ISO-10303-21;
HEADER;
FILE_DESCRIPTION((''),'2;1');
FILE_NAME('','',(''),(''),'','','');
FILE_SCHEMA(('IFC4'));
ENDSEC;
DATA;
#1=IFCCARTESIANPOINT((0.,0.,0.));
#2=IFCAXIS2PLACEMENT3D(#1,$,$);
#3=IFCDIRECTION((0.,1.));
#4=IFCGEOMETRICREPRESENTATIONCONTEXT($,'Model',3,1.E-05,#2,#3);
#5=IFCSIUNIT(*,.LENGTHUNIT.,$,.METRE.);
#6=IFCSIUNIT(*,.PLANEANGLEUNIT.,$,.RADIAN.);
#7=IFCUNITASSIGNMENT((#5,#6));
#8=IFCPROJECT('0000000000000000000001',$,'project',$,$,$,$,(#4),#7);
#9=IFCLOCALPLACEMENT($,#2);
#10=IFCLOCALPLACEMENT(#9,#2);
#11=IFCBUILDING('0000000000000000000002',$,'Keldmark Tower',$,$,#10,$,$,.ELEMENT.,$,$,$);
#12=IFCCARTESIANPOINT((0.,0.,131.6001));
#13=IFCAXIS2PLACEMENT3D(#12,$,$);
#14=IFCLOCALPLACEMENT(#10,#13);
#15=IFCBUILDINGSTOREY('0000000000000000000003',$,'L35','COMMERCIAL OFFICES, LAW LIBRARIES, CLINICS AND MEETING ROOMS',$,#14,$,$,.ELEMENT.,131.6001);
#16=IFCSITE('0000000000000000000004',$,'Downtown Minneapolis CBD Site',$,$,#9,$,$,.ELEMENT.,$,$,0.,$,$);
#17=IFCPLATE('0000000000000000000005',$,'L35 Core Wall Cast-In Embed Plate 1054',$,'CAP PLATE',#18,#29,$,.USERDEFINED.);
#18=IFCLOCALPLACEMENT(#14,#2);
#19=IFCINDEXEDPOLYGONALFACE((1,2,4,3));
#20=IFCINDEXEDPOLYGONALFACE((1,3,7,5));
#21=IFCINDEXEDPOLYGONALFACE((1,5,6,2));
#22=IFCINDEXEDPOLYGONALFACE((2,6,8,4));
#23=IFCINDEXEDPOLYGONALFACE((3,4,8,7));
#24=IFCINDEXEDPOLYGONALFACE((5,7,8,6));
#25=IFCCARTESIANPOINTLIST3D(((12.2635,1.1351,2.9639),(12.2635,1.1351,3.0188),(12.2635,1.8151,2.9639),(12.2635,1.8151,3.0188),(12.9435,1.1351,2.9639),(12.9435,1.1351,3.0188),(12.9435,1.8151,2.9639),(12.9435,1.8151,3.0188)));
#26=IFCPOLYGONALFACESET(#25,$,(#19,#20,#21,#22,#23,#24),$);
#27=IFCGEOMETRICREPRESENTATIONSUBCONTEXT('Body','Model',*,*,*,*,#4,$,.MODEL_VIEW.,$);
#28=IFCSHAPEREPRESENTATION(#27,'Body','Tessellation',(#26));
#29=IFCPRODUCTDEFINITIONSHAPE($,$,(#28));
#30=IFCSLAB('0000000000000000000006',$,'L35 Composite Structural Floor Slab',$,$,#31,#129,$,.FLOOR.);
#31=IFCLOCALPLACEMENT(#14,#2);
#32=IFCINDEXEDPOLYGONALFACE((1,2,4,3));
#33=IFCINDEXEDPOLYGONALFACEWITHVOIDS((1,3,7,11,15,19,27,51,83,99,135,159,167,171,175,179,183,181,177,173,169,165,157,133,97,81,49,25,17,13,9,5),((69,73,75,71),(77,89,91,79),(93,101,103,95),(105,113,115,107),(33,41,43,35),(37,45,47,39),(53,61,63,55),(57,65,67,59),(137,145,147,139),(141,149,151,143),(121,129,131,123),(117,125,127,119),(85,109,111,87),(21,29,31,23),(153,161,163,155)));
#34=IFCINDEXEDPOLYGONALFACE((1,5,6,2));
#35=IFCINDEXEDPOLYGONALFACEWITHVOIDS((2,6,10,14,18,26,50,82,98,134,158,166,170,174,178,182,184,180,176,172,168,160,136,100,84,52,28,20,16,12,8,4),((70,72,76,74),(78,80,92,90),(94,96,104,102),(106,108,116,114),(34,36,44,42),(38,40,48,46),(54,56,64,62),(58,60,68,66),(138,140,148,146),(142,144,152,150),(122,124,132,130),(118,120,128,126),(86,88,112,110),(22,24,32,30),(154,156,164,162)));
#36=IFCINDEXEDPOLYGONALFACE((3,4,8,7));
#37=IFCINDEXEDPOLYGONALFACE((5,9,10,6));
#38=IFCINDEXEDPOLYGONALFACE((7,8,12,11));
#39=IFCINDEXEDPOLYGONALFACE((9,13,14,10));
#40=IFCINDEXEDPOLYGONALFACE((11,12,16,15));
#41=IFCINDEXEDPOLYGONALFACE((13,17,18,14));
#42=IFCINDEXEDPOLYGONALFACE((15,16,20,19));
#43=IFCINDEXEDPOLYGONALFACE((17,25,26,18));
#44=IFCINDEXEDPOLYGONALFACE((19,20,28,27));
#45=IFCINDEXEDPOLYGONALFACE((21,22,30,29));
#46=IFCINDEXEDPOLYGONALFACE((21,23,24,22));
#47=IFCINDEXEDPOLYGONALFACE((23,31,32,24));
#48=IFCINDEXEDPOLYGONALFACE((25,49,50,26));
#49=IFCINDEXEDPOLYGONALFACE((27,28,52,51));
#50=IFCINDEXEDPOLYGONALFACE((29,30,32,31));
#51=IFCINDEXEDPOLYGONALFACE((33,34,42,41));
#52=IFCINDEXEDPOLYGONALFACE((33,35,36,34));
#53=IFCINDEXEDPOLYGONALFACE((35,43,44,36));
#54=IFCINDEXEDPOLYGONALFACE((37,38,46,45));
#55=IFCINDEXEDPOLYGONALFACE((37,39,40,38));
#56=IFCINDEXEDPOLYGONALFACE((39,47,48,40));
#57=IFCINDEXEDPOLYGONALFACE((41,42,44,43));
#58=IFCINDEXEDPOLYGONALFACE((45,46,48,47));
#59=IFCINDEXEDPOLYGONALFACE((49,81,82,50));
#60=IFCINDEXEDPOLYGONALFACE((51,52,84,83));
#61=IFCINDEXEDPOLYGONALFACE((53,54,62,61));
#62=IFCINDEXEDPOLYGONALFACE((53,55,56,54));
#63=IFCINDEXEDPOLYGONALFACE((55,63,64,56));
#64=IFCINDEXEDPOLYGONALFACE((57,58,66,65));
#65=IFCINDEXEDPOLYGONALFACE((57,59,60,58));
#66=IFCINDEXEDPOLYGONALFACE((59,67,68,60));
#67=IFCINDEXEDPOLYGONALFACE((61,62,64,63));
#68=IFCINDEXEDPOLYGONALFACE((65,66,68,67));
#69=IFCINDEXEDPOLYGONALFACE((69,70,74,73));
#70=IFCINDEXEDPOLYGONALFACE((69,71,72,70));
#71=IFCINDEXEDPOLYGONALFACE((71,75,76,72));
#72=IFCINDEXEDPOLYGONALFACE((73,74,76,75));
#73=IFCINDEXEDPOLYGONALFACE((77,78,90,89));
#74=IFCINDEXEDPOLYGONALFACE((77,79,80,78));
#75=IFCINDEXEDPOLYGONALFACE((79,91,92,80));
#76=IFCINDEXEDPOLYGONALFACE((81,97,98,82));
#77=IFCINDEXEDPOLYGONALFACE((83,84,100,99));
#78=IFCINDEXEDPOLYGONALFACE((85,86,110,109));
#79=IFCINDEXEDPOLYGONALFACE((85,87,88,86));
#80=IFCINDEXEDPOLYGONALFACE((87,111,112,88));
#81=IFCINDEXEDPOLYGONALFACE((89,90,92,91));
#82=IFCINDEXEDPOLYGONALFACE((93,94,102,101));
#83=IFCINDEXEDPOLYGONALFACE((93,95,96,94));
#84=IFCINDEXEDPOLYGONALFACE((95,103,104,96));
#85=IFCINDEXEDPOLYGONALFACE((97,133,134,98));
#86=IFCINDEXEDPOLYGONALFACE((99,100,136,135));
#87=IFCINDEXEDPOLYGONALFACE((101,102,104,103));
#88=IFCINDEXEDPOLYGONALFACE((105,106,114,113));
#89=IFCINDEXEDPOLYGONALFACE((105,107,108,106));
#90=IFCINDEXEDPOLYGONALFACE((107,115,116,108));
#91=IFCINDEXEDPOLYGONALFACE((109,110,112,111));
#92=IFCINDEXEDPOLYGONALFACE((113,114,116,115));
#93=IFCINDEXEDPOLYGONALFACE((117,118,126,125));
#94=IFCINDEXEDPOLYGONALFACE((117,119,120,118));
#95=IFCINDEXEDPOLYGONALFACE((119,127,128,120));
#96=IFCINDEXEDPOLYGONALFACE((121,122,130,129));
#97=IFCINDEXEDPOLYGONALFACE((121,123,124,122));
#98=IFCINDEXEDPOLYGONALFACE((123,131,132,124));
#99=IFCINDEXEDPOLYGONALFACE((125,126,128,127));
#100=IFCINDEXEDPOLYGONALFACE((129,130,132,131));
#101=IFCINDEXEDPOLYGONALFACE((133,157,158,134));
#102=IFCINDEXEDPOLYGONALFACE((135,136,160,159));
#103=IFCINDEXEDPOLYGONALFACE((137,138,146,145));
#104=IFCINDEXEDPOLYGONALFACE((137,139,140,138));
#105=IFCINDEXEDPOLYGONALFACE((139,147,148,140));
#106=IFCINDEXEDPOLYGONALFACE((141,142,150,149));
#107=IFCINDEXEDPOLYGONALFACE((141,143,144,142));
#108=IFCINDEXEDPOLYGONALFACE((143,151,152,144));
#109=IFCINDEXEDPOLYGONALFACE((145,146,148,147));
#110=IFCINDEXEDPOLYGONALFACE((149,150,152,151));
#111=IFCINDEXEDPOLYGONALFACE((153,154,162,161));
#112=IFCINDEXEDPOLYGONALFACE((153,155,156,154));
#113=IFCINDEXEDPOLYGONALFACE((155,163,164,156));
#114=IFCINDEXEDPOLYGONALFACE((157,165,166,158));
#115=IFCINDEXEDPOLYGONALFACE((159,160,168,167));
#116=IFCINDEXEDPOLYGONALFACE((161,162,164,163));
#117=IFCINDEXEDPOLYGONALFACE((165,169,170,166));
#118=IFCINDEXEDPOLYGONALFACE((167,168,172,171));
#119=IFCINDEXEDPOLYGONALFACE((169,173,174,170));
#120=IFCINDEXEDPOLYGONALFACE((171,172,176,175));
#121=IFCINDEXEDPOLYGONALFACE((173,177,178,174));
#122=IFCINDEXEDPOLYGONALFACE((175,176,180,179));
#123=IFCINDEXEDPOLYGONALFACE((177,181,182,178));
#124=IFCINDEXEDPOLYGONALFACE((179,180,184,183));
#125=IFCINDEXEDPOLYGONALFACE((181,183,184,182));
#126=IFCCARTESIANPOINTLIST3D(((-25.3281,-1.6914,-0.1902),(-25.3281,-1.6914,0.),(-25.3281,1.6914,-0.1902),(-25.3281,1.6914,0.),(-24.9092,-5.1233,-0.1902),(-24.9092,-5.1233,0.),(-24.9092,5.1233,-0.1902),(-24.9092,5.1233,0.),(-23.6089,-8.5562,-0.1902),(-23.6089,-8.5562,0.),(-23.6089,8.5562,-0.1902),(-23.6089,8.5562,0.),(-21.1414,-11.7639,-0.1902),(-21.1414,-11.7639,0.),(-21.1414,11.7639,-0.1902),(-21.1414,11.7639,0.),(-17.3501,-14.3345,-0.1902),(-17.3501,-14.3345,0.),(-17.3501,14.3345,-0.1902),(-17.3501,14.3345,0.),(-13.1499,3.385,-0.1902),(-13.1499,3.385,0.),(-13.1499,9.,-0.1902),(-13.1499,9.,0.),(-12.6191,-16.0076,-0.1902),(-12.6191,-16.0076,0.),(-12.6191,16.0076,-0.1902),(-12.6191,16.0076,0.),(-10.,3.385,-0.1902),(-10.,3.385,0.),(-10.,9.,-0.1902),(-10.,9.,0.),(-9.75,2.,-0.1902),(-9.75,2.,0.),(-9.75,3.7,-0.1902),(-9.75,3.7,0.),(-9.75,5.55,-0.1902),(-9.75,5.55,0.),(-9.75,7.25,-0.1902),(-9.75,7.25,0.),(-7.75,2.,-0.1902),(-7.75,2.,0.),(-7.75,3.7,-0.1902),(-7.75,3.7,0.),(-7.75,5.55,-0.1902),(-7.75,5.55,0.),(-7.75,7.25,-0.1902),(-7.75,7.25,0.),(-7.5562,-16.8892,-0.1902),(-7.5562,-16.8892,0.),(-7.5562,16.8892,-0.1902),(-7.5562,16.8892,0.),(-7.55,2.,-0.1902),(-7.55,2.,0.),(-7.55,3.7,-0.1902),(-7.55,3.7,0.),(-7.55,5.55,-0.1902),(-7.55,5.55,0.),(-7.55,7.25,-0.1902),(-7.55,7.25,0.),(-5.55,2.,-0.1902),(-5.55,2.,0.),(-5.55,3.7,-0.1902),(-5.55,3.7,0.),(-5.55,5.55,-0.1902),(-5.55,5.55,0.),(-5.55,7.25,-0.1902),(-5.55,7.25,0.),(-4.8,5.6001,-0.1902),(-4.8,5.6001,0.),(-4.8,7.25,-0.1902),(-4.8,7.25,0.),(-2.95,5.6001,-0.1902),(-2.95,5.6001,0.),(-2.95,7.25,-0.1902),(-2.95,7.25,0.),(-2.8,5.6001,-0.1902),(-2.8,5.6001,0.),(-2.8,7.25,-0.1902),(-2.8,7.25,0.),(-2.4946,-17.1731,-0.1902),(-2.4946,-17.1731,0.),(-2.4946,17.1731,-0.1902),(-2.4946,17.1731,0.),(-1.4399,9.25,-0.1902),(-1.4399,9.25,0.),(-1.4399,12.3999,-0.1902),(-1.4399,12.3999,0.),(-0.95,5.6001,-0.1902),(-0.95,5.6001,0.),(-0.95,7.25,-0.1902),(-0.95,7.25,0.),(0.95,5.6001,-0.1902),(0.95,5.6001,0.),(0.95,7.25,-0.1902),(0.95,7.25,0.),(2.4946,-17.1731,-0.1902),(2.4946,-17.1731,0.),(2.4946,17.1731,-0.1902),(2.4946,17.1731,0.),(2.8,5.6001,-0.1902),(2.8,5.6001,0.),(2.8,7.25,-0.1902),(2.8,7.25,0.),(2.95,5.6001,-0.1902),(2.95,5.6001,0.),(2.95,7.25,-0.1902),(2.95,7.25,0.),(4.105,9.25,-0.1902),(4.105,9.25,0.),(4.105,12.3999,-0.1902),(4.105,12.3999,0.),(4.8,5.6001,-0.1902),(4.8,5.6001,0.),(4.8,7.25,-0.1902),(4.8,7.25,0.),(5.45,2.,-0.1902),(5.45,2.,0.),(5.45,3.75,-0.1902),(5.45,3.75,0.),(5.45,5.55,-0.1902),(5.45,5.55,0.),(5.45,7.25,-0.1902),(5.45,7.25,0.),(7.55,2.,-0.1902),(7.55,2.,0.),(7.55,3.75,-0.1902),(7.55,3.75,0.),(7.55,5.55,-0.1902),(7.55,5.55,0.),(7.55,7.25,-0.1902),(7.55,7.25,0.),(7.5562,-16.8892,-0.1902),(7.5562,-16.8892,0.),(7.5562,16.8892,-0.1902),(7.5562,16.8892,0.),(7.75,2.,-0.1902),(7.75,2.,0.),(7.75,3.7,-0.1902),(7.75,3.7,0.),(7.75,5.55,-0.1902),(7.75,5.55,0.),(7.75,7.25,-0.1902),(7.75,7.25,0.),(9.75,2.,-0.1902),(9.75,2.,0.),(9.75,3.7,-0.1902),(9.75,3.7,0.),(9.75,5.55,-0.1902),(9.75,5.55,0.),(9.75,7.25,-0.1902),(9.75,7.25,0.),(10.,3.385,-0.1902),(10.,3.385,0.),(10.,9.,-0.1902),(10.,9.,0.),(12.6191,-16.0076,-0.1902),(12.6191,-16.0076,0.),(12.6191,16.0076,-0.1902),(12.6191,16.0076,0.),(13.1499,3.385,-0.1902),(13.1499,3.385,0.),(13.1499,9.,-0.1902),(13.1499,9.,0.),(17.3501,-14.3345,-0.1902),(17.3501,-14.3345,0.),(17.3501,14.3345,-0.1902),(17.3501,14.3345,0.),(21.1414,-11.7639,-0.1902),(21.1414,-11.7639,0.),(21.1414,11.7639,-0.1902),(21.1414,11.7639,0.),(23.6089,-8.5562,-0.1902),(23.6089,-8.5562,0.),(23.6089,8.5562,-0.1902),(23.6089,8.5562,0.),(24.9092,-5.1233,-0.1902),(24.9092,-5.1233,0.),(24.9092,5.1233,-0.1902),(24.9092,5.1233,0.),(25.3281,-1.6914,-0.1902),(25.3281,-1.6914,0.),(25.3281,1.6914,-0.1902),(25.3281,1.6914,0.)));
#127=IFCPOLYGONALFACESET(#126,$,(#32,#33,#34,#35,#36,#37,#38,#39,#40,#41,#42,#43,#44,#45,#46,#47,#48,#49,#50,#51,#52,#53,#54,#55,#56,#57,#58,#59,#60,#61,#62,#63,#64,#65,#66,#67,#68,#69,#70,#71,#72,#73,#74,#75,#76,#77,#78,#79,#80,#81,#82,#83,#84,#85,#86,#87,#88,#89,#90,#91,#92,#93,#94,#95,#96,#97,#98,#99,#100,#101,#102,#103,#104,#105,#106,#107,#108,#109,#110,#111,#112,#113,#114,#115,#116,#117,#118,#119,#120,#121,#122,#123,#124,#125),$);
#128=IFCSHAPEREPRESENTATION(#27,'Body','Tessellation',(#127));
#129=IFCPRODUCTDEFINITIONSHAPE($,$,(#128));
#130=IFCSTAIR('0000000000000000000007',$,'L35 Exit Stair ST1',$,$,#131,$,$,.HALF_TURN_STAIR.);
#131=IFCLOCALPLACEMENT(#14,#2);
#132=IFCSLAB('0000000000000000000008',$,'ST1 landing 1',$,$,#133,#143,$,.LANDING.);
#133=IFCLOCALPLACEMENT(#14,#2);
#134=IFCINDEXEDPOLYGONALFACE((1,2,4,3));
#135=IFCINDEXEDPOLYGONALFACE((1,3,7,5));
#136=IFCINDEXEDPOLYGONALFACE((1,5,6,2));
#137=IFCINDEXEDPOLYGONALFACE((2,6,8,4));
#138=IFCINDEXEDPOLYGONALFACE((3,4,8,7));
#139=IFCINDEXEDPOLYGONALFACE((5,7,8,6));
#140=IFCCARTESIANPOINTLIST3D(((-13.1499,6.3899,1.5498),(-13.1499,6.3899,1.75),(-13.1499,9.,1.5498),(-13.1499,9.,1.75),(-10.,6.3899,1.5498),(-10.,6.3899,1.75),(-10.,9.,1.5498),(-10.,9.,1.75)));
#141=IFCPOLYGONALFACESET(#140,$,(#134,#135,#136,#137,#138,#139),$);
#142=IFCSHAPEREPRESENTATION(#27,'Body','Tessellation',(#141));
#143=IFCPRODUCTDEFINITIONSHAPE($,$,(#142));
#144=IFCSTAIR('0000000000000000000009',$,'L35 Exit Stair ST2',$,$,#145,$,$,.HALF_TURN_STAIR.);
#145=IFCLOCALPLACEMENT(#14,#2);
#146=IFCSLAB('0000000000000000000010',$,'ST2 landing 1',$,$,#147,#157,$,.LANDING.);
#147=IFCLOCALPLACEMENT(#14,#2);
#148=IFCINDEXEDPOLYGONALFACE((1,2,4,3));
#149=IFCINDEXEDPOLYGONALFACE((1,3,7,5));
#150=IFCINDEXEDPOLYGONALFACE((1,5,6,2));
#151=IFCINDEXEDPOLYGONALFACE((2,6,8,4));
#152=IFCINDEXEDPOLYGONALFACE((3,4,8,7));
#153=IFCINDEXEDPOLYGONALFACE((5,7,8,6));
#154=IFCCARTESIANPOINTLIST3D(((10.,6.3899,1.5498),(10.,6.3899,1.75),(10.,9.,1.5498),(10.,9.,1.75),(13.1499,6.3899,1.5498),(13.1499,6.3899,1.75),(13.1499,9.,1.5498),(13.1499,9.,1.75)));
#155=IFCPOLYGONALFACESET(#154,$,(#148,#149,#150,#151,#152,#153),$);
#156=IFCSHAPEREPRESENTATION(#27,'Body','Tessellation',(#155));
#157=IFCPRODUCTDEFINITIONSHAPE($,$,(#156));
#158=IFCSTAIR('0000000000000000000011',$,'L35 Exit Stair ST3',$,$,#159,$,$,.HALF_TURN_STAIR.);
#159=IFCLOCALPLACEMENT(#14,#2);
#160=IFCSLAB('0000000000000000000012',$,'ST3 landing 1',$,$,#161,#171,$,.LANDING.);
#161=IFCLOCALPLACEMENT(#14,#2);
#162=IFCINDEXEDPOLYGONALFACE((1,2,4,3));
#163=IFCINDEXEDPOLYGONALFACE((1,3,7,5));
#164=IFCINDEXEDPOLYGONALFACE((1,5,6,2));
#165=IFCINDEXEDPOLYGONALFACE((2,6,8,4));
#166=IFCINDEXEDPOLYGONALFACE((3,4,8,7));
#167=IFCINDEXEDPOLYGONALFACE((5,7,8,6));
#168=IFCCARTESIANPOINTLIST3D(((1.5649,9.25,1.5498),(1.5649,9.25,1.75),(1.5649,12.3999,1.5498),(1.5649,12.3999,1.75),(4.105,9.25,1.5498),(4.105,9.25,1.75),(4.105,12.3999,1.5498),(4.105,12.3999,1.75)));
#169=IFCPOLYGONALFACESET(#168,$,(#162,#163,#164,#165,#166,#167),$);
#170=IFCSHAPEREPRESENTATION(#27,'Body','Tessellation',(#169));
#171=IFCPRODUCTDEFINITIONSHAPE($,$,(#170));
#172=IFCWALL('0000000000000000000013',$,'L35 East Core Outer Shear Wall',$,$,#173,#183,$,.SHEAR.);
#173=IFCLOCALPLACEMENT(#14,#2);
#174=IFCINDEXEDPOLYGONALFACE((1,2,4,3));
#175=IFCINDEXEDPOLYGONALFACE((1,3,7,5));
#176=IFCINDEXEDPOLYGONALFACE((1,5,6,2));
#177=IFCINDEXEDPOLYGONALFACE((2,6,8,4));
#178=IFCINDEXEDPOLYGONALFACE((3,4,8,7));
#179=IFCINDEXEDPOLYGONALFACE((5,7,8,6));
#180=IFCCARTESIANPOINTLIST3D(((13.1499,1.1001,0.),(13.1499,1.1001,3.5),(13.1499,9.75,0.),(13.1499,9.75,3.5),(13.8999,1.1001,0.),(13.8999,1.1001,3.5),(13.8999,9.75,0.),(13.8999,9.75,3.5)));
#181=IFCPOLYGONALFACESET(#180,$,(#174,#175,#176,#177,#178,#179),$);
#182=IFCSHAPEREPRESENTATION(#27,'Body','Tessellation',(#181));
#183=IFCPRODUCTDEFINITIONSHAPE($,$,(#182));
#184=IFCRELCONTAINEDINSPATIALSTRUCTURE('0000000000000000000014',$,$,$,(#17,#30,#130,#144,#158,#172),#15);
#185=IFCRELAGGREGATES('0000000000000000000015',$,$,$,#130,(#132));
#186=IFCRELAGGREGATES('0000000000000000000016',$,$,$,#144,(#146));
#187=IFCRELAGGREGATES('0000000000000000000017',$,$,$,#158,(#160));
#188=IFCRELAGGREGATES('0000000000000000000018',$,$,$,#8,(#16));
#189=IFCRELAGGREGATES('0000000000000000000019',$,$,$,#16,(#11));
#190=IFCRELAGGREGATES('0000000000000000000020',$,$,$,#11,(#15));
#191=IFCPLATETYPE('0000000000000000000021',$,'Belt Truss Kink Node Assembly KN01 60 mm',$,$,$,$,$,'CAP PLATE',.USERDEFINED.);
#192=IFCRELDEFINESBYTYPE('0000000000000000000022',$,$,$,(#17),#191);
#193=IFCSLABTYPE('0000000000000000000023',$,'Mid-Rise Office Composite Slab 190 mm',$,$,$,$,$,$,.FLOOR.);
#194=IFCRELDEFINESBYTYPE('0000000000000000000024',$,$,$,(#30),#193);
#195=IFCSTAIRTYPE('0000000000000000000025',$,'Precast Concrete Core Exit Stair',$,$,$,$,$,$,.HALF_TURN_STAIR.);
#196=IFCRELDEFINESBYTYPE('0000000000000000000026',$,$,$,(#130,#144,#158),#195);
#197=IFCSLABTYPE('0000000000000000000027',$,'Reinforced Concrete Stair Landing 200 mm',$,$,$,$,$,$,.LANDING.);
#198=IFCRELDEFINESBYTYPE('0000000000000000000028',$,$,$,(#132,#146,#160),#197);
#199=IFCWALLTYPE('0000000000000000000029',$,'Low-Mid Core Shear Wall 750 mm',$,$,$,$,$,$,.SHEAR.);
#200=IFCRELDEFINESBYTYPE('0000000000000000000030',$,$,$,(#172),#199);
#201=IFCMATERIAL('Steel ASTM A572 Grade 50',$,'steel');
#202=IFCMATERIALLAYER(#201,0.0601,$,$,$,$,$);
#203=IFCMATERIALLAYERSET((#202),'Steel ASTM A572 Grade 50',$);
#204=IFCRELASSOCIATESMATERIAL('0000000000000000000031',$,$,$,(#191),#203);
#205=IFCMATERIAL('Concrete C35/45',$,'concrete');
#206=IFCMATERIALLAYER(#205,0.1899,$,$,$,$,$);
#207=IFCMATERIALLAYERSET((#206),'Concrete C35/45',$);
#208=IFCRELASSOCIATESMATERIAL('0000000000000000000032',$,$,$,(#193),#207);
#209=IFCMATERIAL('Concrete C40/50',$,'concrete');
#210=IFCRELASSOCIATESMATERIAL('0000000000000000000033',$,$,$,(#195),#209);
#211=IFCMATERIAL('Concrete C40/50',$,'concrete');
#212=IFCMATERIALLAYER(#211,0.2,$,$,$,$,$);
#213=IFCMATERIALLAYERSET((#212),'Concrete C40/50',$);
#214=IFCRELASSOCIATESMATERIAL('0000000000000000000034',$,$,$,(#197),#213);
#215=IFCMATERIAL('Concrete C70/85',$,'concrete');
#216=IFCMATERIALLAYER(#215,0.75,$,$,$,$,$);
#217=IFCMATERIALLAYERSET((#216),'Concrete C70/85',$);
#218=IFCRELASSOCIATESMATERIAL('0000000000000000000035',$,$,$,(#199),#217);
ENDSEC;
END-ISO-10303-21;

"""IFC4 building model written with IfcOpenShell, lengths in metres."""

from ifc_helpers import new_model, si_unit, direction, frame, frame_2d, origin, origin_2d, place, context, subcontext, project, spatial, polyline, rectangle, outline, extrude, material, layer, layer_set, type_object, element, aggregate, save


model = new_model("IFC4")

# Units and contexts
model_context = context("Model", 3, precision=1e-05, world=origin(), true_north=direction((0.0, 1.0)))
body_context = subcontext(model_context, "Body", "Model", "MODEL_VIEW")
ifc_project = project(units=[si_unit("LENGTHUNIT", "METRE"), si_unit("PLANEANGLEUNIT", "RADIAN")], contexts=[model_context])

# Site, building, storey
site_placement = place(None, origin())
site = spatial("IfcSite", under=ifc_project, at=site_placement, Name="Downtown Minneapolis CBD Site", CompositionType="ELEMENT", RefElevation=0.0)
building_placement = place(site_placement, origin())
building = spatial("IfcBuilding", under=site, at=building_placement, Name="Keldmark Tower", CompositionType="ELEMENT")
storey_placement = place(building_placement, frame((0.0, 0.0, 131.6001)))
storey = spatial("IfcBuildingStorey", under=building, at=storey_placement, Name="L35", Description="COMMERCIAL OFFICES, LAW LIBRARIES, CLINICS AND MEETING ROOMS", CompositionType="ELEMENT", Elevation=131.6001)

# Plate
ifc_material_1 = material(Name="Steel ASTM A572 Grade 50", Category="steel")
ifc_layer_1 = layer(ifc_material_1, 0.0601)
ifc_layer_set_1 = layer_set([ifc_layer_1], Name="Steel ASTM A572 Grade 50")
plate_type = type_object("IfcPlateType", Name="Belt Truss Kink Node Assembly KN01 60 mm", ElementType="CAP PLATE", PredefinedType="USERDEFINED", material=ifc_layer_set_1)
for number, where, z_axis, x_axis, name in (
    (1, (12.6035, 1.4751, 2.9639), (0.0, 0.0, 1.0), (1.0, 0.0, 0.0), "L35 Core Wall Cast-In Embed Plate 1054"),
):
    element("IfcPlate", number, at=place(storey_placement, frame(where, z_axis=z_axis, x_axis=x_axis)), inside=storey, type_object=plate_type, Name=name, ObjectType="CAP PLATE", PredefinedType="USERDEFINED", context=body_context, shape_type="SweptSolid", body=[
        extrude(rectangle(XDim=0.6799, YDim=0.6799, at=origin_2d()), origin(), (0.0, 0.0, 1.0), 0.0549),
    ])

# Slab
ifc_material_2 = material(Name="Concrete C35/45", Category="concrete")
ifc_layer_2 = layer(ifc_material_2, 0.1899)
ifc_layer_set_2 = layer_set([ifc_layer_2], Name="Concrete C35/45")
slab_type_1 = type_object("IfcSlabType", Name="Mid-Rise Office Composite Slab 190 mm", PredefinedType="FLOOR", material=ifc_layer_set_2)
slab_1_placement = place(storey_placement, frame((0.0, 0.0, -0.1902)))
element("IfcSlab", 2, at=slab_1_placement, inside=storey, type_object=slab_type_1, Name="L35 Composite Structural Floor Slab", PredefinedType="FLOOR", context=body_context, shape_type="SweptSolid", body=[
    extrude(outline(polyline([(25.3281, 1.6914), (24.9092, 5.1233), (23.6089, 8.5562), (21.1414, 11.7639), (17.3501, 14.3345), (12.6191, 16.0076), (7.5562, 16.8892), (2.4946, 17.1731), (-2.4946, 17.1731), (-7.5562, 16.8892), (-12.6191, 16.0076), (-17.3501, 14.3345), (-21.1414, 11.7639), (-23.6089, 8.5562), (-24.9092, 5.1233), (-25.3281, 1.6914), (-25.3281, -1.6914), (-24.9092, -5.1233), (-23.6089, -8.5562), (-21.1414, -11.7639), (-17.3501, -14.3345), (-12.6191, -16.0076), (-7.5562, -16.8892), (-2.4946, -17.1731), (2.4946, -17.1731), (7.5562, -16.8892), (12.6191, -16.0076), (17.3501, -14.3345), (21.1414, -11.7639), (23.6089, -8.5562), (24.9092, -5.1233), (25.3281, -1.6914), (25.3281, 1.6914)]), holes=[polyline([(-10.0, 3.385), (-10.0, 9.0), (-13.1499, 9.0), (-13.1499, 3.385), (-10.0, 3.385)]), polyline([(13.1499, 3.385), (13.1499, 9.0), (10.0, 9.0), (10.0, 3.385), (13.1499, 3.385)]), polyline([(-1.4399, 9.25), (4.105, 9.25), (4.105, 12.3999), (-1.4399, 12.3999), (-1.4399, 9.25)]), polyline([(-9.75, 2.0), (-7.75, 2.0), (-7.75, 3.7), (-9.75, 3.7), (-9.75, 2.0)]), polyline([(7.75, 2.0), (9.75, 2.0), (9.75, 3.7), (7.75, 3.7), (7.75, 2.0)]), polyline([(5.45, 2.0), (7.55, 2.0), (7.55, 3.75), (5.45, 3.75), (5.45, 2.0)]), polyline([(-4.8, 5.6001), (-2.95, 5.6001), (-2.95, 7.25), (-4.8, 7.25), (-4.8, 5.6001)]), polyline([(-2.8, 5.6001), (-0.95, 5.6001), (-0.95, 7.25), (-2.8, 7.25), (-2.8, 5.6001)]), polyline([(0.95, 5.6001), (2.8, 5.6001), (2.8, 7.25), (0.95, 7.25), (0.95, 5.6001)]), polyline([(2.95, 5.6001), (4.8, 5.6001), (4.8, 7.25), (2.95, 7.25), (2.95, 5.6001)]), polyline([(-9.75, 5.55), (-7.75, 5.55), (-7.75, 7.25), (-9.75, 7.25), (-9.75, 5.55)]), polyline([(-7.55, 5.55), (-5.55, 5.55), (-5.55, 7.25), (-7.55, 7.25), (-7.55, 5.55)]), polyline([(-7.55, 2.0), (-5.55, 2.0), (-5.55, 3.7), (-7.55, 3.7), (-7.55, 2.0)]), polyline([(5.45, 5.55), (7.55, 5.55), (7.55, 7.25), (5.45, 7.25), (5.45, 5.55)]), polyline([(7.75, 5.55), (9.75, 5.55), (9.75, 7.25), (7.75, 7.25), (7.75, 5.55)])]), origin(), (0.0, 0.0, 1.0), 0.1902),
])

# Stairs, slabs
ifc_material_3 = material(Name="Concrete C40/50", Category="concrete")
stair_type = type_object("IfcStairType", Name="Precast Concrete Core Exit Stair", PredefinedType="HALF_TURN_STAIR", material=ifc_material_3)
stair_1_placement = place(storey_placement, origin())
stair_1 = element("IfcStair", 3, at=stair_1_placement, inside=storey, type_object=stair_type, Name="L35 Exit Stair ST1", PredefinedType="HALF_TURN_STAIR")
ifc_material_4 = material(Name="Concrete C40/50", Category="concrete")
ifc_layer_3 = layer(ifc_material_4, 0.2)
ifc_layer_set_3 = layer_set([ifc_layer_3], Name="Concrete C40/50")
slab_type_2 = type_object("IfcSlabType", Name="Reinforced Concrete Stair Landing 200 mm", PredefinedType="LANDING", material=ifc_layer_set_3)
slab_2_placement = place(storey_placement, frame((0.0, 0.0, 1.5498)))
slab_2 = element("IfcSlab", 4, at=slab_2_placement, type_object=slab_type_2, Name="ST1 landing 1", PredefinedType="LANDING", context=body_context, shape_type="SweptSolid", body=[
    extrude(outline(polyline([(-10.0, 6.3899), (-10.0, 9.0), (-13.1499, 9.0), (-13.1499, 6.3899), (-10.0, 6.3899)])), origin(), (0.0, 0.0, 1.0), 0.2002),
])
aggregate(stair_1, [slab_2])
stair_2_placement = place(storey_placement, origin())
stair_2 = element("IfcStair", 5, at=stair_2_placement, inside=storey, type_object=stair_type, Name="L35 Exit Stair ST2", PredefinedType="HALF_TURN_STAIR")
slab_3_placement = place(storey_placement, frame((0.0, 0.0, 1.5498)))
slab_3 = element("IfcSlab", 6, at=slab_3_placement, type_object=slab_type_2, Name="ST2 landing 1", PredefinedType="LANDING", context=body_context, shape_type="SweptSolid", body=[
    extrude(outline(polyline([(13.1499, 6.3899), (13.1499, 9.0), (10.0, 9.0), (10.0, 6.3899), (13.1499, 6.3899)])), origin(), (0.0, 0.0, 1.0), 0.2002),
])
aggregate(stair_2, [slab_3])
stair_3_placement = place(storey_placement, origin())
stair_3 = element("IfcStair", 7, at=stair_3_placement, inside=storey, type_object=stair_type, Name="L35 Exit Stair ST3", PredefinedType="HALF_TURN_STAIR")
slab_4_placement = place(storey_placement, frame((0.0, 0.0, 1.5498)))
slab_4 = element("IfcSlab", 8, at=slab_4_placement, type_object=slab_type_2, Name="ST3 landing 1", PredefinedType="LANDING", context=body_context, shape_type="SweptSolid", body=[
    extrude(outline(polyline([(1.5649, 9.25), (4.105, 9.25), (4.105, 12.3999), (1.5649, 12.3999), (1.5649, 9.25)])), origin(), (0.0, 0.0, 1.0), 0.2002),
])
aggregate(stair_3, [slab_4])

# Wall
ifc_material_5 = material(Name="Concrete C70/85", Category="concrete")
ifc_layer_4 = layer(ifc_material_5, 0.75)
ifc_layer_set_4 = layer_set([ifc_layer_4], Name="Concrete C70/85")
wall_type_1 = type_object("IfcWallType", Name="Low-Mid Core Shear Wall 750 mm", PredefinedType="SHEAR", material=ifc_layer_set_4)
wall_1_placement = place(storey_placement, frame((13.5249, 1.1001, 0.0), z_axis=(0.0, 0.0, 1.0), x_axis=(0.0, 1.0, 0.0)))
element("IfcWall", 9, at=wall_1_placement, inside=storey, type_object=wall_type_1, Name="L35 East Core Outer Shear Wall", PredefinedType="SHEAR", context=body_context, shape_type="SweptSolid", body=[
    extrude(rectangle(XDim=8.6499, YDim=0.75, at=frame_2d((4.325, 0.0))), origin(), (0.0, 0.0, 1.0), 3.5),
])

save(model, "model.ifc")
